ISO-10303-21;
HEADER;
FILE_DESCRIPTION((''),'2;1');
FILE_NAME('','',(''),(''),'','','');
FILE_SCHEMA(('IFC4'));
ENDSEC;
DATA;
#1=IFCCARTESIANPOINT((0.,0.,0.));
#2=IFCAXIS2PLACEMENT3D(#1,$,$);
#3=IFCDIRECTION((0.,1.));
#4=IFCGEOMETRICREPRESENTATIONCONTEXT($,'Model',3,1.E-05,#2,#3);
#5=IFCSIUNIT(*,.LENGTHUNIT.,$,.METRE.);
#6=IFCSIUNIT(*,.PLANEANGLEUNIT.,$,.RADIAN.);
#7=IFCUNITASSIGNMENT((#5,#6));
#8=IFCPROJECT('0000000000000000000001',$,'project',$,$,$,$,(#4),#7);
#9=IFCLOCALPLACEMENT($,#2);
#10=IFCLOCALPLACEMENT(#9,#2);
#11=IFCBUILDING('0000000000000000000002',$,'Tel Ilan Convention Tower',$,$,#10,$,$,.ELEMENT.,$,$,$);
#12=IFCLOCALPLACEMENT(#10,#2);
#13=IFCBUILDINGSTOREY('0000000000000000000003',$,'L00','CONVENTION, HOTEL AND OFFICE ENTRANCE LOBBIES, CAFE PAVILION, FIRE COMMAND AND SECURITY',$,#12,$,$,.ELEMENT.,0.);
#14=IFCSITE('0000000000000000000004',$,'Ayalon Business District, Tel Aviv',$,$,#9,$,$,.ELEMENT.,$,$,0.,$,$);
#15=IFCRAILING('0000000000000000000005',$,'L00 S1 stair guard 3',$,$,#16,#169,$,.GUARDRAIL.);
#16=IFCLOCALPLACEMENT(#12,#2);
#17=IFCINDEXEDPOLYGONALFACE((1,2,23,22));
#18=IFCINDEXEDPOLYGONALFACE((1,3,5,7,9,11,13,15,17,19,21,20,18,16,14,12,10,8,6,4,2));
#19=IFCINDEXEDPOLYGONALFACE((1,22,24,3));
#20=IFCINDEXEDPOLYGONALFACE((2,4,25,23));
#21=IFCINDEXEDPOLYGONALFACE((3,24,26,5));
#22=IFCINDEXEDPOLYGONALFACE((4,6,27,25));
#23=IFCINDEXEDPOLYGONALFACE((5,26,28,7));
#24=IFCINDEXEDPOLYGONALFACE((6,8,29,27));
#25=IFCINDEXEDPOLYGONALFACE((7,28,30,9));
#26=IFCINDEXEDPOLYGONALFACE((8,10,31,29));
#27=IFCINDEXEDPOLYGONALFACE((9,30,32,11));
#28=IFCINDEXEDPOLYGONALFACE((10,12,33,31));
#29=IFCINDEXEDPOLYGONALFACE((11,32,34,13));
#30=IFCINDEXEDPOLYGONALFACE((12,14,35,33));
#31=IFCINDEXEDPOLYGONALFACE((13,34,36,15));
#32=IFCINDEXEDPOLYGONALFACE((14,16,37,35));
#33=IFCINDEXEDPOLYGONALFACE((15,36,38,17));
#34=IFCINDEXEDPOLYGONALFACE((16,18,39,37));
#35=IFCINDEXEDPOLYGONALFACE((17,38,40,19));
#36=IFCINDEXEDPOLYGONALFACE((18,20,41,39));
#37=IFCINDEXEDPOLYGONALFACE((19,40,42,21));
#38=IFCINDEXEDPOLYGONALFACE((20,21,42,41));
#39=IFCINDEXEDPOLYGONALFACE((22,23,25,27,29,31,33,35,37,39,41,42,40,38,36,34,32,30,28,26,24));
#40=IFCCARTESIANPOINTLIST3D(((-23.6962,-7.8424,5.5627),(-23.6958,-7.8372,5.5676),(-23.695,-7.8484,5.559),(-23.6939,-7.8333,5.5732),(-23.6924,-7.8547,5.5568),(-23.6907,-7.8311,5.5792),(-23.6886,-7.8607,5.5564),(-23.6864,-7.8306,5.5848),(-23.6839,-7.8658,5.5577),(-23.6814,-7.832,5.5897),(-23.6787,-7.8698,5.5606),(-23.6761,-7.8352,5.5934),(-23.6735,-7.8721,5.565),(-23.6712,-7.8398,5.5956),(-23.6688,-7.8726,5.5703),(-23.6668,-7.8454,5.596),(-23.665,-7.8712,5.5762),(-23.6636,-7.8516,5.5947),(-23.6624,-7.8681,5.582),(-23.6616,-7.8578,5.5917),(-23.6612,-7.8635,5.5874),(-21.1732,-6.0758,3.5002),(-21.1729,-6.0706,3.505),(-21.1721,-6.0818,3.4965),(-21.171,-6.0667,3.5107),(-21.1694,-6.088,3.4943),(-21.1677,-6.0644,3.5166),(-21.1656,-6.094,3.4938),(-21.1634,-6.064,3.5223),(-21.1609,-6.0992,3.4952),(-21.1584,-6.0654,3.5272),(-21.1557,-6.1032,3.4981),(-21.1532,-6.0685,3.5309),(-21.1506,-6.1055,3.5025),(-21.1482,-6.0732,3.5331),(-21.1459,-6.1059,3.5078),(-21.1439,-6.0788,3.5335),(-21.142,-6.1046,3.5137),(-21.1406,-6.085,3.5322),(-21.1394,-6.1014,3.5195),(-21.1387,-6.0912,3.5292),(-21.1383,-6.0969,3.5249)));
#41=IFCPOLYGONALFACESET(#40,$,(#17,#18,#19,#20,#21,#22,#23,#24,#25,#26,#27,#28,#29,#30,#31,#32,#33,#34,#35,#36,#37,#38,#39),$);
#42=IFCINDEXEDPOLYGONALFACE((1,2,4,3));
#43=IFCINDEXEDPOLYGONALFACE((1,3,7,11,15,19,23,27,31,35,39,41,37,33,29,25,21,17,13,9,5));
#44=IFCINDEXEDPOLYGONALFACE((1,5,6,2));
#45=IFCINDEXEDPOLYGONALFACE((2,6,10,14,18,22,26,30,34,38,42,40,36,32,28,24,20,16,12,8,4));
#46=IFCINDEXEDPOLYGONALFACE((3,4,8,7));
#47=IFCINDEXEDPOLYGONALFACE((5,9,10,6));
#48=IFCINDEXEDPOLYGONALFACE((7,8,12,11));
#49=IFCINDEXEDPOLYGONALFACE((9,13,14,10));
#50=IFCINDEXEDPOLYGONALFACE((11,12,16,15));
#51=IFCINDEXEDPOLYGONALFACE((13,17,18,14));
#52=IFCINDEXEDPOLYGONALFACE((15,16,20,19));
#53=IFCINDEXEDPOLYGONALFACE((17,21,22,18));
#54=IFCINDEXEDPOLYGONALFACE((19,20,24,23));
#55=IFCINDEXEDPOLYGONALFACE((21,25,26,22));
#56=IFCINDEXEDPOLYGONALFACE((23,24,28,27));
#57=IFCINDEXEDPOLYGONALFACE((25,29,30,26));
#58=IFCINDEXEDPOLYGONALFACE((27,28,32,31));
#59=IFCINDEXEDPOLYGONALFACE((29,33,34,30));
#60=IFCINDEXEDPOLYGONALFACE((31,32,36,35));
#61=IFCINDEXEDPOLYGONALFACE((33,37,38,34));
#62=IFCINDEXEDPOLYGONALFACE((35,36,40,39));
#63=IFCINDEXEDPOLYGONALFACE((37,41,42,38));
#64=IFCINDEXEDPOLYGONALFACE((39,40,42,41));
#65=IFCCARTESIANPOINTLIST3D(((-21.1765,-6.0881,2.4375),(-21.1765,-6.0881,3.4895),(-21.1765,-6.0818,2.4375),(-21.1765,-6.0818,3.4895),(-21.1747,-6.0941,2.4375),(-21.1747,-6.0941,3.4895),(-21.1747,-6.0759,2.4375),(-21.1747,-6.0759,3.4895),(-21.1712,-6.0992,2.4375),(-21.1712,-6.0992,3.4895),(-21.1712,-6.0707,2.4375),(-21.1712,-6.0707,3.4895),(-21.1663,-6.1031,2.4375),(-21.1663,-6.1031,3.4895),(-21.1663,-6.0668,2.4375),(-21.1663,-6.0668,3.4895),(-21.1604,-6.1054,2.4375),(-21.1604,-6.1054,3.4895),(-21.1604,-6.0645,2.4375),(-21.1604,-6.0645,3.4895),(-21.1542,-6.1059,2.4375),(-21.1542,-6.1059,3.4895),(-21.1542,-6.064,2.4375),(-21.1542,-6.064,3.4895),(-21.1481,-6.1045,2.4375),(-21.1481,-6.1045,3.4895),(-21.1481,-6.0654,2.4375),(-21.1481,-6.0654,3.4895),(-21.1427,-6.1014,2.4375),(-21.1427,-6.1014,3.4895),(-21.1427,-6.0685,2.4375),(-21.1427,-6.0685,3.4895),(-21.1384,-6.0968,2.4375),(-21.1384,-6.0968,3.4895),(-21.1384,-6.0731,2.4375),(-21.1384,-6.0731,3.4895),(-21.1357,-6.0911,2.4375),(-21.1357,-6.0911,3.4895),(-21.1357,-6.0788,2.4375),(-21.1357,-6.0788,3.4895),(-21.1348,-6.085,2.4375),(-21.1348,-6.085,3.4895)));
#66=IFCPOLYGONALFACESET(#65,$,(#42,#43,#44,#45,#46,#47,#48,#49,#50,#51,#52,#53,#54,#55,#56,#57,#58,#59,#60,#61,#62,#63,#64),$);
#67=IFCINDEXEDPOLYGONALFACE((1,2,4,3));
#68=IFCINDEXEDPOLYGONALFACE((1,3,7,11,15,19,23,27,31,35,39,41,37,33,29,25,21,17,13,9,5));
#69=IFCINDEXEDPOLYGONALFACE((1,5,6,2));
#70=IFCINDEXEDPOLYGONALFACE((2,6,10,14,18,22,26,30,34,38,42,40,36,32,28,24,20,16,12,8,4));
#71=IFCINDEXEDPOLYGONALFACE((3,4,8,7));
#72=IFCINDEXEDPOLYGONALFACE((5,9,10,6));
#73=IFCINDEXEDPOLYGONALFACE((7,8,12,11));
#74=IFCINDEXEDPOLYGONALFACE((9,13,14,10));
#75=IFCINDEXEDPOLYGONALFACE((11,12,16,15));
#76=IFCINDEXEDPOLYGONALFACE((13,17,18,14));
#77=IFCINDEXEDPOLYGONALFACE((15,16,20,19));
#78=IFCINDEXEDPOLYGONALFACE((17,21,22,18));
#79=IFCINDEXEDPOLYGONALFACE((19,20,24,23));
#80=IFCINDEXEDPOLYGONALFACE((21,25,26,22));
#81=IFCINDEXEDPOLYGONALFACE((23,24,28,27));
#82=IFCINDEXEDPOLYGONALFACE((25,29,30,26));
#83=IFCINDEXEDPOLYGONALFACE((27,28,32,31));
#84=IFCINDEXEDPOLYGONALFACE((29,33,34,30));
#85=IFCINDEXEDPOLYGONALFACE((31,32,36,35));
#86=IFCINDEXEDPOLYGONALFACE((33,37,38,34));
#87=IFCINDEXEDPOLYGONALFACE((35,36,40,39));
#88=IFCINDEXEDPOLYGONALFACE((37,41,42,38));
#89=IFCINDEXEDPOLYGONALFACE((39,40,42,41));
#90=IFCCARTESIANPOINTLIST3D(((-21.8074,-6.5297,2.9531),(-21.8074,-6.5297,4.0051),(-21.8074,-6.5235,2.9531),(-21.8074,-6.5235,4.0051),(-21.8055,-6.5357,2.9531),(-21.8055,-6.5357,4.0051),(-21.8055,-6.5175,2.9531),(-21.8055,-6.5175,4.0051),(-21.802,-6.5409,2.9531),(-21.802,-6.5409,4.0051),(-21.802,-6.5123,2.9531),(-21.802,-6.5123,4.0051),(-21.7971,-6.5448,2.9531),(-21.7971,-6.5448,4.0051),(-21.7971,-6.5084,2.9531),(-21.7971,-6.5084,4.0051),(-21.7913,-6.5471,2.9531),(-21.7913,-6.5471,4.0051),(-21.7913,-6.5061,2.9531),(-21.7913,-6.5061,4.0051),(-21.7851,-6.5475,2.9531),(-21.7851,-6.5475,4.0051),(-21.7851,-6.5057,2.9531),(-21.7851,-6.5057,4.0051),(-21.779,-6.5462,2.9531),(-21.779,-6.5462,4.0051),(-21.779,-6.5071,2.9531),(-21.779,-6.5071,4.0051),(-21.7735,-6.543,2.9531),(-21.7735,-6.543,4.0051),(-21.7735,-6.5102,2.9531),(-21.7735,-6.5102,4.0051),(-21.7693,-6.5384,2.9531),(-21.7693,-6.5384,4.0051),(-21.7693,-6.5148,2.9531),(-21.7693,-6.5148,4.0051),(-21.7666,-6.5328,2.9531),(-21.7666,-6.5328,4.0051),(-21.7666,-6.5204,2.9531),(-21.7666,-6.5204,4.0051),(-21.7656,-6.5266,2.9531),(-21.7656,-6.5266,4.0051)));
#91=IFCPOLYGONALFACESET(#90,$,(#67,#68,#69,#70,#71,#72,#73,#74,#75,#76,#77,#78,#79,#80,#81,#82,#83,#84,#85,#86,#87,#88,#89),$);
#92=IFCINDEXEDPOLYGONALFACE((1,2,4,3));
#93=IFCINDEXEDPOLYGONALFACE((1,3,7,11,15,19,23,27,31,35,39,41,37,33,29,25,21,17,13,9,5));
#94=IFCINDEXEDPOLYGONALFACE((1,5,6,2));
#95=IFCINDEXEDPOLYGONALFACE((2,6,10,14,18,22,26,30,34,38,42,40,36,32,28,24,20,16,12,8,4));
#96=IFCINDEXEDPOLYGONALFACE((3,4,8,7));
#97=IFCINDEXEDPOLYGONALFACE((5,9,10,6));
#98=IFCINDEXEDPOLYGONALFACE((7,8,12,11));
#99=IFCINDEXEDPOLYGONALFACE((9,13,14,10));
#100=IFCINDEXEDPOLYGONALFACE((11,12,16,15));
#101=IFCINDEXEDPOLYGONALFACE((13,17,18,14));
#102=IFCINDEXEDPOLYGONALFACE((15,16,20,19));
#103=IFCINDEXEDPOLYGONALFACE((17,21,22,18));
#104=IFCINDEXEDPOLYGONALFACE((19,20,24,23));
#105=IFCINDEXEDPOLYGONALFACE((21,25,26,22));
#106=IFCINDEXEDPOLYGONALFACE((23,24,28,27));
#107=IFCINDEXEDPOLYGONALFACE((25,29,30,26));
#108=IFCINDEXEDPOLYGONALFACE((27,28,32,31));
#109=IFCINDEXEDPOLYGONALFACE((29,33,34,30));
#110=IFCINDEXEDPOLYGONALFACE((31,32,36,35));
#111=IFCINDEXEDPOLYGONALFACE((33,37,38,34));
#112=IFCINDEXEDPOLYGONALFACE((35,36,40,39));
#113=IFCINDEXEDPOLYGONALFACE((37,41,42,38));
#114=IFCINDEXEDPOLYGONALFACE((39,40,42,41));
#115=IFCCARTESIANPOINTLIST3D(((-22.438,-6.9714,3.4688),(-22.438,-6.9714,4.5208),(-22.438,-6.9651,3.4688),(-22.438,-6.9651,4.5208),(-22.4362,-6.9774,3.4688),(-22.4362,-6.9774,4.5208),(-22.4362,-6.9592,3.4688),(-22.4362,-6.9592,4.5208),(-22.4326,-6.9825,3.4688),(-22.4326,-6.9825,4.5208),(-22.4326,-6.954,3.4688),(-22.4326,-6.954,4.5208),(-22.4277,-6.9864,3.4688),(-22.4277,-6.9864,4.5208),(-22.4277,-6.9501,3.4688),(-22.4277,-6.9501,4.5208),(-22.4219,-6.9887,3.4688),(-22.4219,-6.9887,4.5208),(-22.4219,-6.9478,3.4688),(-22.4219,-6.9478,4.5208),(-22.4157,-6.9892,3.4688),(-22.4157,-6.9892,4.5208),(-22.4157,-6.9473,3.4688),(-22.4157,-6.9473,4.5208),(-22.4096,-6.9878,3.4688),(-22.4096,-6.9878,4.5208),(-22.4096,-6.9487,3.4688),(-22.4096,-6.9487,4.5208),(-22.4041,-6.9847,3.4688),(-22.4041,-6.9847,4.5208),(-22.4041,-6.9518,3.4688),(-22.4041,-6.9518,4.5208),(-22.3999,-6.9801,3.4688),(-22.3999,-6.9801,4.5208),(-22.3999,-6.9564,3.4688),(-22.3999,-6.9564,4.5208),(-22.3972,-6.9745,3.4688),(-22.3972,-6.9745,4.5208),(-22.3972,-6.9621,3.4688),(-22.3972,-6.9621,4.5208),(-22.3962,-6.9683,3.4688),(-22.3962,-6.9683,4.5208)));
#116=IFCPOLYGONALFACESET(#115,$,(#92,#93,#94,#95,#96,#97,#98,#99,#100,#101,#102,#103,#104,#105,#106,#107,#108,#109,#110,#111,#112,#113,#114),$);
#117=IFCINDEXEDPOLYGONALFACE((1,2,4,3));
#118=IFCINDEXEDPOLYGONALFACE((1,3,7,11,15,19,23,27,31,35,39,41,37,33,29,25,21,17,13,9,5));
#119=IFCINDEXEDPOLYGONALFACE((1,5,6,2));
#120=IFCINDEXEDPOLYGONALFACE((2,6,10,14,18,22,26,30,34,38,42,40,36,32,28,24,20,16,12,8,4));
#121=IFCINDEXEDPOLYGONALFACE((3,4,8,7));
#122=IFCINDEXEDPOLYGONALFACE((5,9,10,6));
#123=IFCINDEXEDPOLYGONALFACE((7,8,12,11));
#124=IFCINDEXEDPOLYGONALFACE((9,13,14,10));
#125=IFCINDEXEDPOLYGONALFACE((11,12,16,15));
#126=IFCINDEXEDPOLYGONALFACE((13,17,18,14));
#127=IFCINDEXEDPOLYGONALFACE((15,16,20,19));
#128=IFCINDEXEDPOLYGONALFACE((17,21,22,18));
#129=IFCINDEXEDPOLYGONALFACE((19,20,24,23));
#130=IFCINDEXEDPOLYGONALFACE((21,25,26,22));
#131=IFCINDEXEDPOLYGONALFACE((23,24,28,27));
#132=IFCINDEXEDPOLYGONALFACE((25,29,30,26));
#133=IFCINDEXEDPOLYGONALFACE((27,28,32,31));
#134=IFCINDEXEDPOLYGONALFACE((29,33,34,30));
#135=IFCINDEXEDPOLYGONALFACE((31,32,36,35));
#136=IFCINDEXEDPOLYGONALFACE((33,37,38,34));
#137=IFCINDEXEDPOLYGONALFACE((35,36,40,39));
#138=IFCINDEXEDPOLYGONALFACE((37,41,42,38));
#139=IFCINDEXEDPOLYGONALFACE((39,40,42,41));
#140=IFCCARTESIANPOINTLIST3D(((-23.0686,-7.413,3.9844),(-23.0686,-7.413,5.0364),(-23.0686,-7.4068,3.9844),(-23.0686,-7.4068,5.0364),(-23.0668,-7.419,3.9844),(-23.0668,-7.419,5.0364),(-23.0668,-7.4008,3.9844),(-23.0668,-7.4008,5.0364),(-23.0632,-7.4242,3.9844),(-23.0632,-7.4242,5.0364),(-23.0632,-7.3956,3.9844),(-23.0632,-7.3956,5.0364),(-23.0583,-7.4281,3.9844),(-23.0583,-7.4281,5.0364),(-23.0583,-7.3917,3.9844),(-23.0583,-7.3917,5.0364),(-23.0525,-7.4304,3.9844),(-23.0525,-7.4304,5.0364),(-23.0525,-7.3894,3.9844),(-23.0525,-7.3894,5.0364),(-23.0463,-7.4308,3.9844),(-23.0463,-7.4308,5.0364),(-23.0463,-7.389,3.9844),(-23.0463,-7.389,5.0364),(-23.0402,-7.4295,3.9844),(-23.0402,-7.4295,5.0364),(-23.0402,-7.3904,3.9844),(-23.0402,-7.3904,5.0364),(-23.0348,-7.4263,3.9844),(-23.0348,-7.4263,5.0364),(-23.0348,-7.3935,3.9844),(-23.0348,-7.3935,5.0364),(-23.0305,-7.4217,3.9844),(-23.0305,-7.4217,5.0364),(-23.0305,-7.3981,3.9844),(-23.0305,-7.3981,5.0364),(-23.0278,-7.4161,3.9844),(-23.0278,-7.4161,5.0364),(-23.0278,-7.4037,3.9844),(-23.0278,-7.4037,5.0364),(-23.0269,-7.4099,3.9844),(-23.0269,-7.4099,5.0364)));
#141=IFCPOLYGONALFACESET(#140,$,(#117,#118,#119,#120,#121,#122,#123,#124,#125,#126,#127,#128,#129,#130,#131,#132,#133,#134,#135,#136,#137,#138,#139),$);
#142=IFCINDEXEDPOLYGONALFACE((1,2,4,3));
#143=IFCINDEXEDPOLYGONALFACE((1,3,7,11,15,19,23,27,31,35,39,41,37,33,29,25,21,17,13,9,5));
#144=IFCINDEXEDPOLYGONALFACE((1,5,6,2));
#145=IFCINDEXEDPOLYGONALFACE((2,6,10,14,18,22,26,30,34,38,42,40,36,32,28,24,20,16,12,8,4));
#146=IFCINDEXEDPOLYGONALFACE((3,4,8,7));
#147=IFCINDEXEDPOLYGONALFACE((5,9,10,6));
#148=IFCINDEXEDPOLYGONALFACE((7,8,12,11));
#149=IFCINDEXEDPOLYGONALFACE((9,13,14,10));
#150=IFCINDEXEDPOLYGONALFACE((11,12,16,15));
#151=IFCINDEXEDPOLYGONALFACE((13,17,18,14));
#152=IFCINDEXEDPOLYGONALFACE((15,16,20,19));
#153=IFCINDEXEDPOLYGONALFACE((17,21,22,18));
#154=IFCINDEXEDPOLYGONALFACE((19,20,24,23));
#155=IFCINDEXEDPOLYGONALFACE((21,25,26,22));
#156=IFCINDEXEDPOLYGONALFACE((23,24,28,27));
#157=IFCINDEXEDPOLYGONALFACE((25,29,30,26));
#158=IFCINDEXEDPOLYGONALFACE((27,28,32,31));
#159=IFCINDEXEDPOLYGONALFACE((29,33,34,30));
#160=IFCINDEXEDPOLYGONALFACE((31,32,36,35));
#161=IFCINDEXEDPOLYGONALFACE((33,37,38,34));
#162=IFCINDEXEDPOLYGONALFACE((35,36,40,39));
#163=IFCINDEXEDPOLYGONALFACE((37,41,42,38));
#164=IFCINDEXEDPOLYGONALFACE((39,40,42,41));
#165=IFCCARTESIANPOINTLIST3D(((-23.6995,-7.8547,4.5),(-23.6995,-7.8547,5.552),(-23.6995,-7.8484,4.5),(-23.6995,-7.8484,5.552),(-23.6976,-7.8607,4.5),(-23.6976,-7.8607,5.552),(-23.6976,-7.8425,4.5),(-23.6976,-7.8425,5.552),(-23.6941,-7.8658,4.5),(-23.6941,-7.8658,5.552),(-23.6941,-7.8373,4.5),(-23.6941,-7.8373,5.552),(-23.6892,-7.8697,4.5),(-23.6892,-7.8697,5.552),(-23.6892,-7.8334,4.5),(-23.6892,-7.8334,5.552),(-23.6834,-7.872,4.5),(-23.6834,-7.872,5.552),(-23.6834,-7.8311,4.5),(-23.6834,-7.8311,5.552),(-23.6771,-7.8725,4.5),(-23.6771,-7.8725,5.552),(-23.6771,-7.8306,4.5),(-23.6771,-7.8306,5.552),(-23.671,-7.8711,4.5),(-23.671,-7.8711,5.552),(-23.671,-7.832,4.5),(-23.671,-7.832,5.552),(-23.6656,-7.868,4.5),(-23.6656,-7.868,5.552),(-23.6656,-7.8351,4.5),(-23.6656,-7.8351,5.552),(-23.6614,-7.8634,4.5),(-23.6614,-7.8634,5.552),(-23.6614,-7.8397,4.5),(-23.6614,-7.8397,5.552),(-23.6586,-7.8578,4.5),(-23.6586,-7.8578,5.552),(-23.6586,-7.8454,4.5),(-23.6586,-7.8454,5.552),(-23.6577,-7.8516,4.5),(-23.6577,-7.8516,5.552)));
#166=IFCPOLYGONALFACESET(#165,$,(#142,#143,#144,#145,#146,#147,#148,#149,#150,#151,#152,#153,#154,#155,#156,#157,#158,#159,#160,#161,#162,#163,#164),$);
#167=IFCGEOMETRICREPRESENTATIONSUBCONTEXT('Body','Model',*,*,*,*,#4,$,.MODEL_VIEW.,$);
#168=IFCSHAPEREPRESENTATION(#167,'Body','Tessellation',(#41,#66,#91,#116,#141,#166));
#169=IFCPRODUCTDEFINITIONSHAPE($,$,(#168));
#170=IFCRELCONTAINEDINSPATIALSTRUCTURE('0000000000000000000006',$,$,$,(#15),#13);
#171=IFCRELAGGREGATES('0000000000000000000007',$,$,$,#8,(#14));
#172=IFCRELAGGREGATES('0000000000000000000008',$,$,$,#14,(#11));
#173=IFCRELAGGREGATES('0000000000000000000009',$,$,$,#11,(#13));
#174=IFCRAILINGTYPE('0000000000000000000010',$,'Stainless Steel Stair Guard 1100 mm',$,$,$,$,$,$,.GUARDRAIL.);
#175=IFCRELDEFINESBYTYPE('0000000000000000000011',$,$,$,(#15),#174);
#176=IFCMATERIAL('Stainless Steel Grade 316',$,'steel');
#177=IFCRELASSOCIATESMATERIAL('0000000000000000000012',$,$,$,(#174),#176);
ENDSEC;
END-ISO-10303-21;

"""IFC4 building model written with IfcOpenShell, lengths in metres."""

from ifc_helpers import new_model, si_unit, direction, frame, origin, origin_2d, place, context, subcontext, project, spatial, circle, extrude, material, type_object, element, save


model = new_model("IFC4")

# Units and contexts
model_context = context("Model", 3, precision=1e-05, world=origin(), true_north=direction((0.0, 1.0)))
body_context = subcontext(model_context, "Body", "Model", "MODEL_VIEW")
ifc_project = project(units=[si_unit("LENGTHUNIT", "METRE"), si_unit("PLANEANGLEUNIT", "RADIAN")], contexts=[model_context])

# Site, building, storey
site_placement = place(None, origin())
site = spatial("IfcSite", under=ifc_project, at=site_placement, Name="Ayalon Business District, Tel Aviv", CompositionType="ELEMENT", RefElevation=0.0)
building_placement = place(site_placement, origin())
building = spatial("IfcBuilding", under=site, at=building_placement, Name="Tel Ilan Convention Tower", CompositionType="ELEMENT")
storey_placement = place(building_placement, origin())
storey = spatial("IfcBuildingStorey", under=building, at=storey_placement, Name="L00", Description="CONVENTION, HOTEL AND OFFICE ENTRANCE LOBBIES, CAFE PAVILION, FIRE COMMAND AND SECURITY", CompositionType="ELEMENT", Elevation=0.0)

# Railing
ifc_material_1 = material(Name="Stainless Steel Grade 316", Category="steel")
railing_type_1 = type_object("IfcRailingType", Name="Stainless Steel Stair Guard 1100 mm", PredefinedType="GUARDRAIL", material=ifc_material_1)
railing_1_placement = place(storey_placement, frame((-21.1558, -6.085, 2.4375)))
element("IfcRailing", 1, at=railing_1_placement, inside=storey, type_object=railing_type_1, Name="L00 S1 stair guard 3", PredefinedType="GUARDRAIL", context=body_context, shape_type="SweptSolid", body=[
    extrude(circle(Radius=0.0239, at=origin_2d()), frame((0.0, 0.0, 1.0762), z_axis=(-0.680635, -0.476589, 0.556416), x_axis=(0.573579, -0.81915, 0.0)), (0.0, 0.0, 1.0), 3.7068),
    extrude(circle(Radius=0.021, at=origin_2d()), origin(), (0.0, 0.0, 1.0), 1.052),
    extrude(circle(Radius=0.021, at=origin_2d()), frame((-0.6309, -0.4417, 0.5156)), (0.0, 0.0, 1.0), 1.052),
    extrude(circle(Radius=0.021, at=origin_2d()), frame((-1.2615, -0.8833, 1.0312)), (0.0, 0.0, 1.0), 1.052),
    extrude(circle(Radius=0.021, at=origin_2d()), frame((-1.8921, -1.325, 1.5469)), (0.0, 0.0, 1.0), 1.052),
    extrude(circle(Radius=0.021, at=origin_2d()), frame((-2.5229, -1.7666, 2.0625)), (0.0, 0.0, 1.0), 1.052),
])

save(model, "model.ifc")
